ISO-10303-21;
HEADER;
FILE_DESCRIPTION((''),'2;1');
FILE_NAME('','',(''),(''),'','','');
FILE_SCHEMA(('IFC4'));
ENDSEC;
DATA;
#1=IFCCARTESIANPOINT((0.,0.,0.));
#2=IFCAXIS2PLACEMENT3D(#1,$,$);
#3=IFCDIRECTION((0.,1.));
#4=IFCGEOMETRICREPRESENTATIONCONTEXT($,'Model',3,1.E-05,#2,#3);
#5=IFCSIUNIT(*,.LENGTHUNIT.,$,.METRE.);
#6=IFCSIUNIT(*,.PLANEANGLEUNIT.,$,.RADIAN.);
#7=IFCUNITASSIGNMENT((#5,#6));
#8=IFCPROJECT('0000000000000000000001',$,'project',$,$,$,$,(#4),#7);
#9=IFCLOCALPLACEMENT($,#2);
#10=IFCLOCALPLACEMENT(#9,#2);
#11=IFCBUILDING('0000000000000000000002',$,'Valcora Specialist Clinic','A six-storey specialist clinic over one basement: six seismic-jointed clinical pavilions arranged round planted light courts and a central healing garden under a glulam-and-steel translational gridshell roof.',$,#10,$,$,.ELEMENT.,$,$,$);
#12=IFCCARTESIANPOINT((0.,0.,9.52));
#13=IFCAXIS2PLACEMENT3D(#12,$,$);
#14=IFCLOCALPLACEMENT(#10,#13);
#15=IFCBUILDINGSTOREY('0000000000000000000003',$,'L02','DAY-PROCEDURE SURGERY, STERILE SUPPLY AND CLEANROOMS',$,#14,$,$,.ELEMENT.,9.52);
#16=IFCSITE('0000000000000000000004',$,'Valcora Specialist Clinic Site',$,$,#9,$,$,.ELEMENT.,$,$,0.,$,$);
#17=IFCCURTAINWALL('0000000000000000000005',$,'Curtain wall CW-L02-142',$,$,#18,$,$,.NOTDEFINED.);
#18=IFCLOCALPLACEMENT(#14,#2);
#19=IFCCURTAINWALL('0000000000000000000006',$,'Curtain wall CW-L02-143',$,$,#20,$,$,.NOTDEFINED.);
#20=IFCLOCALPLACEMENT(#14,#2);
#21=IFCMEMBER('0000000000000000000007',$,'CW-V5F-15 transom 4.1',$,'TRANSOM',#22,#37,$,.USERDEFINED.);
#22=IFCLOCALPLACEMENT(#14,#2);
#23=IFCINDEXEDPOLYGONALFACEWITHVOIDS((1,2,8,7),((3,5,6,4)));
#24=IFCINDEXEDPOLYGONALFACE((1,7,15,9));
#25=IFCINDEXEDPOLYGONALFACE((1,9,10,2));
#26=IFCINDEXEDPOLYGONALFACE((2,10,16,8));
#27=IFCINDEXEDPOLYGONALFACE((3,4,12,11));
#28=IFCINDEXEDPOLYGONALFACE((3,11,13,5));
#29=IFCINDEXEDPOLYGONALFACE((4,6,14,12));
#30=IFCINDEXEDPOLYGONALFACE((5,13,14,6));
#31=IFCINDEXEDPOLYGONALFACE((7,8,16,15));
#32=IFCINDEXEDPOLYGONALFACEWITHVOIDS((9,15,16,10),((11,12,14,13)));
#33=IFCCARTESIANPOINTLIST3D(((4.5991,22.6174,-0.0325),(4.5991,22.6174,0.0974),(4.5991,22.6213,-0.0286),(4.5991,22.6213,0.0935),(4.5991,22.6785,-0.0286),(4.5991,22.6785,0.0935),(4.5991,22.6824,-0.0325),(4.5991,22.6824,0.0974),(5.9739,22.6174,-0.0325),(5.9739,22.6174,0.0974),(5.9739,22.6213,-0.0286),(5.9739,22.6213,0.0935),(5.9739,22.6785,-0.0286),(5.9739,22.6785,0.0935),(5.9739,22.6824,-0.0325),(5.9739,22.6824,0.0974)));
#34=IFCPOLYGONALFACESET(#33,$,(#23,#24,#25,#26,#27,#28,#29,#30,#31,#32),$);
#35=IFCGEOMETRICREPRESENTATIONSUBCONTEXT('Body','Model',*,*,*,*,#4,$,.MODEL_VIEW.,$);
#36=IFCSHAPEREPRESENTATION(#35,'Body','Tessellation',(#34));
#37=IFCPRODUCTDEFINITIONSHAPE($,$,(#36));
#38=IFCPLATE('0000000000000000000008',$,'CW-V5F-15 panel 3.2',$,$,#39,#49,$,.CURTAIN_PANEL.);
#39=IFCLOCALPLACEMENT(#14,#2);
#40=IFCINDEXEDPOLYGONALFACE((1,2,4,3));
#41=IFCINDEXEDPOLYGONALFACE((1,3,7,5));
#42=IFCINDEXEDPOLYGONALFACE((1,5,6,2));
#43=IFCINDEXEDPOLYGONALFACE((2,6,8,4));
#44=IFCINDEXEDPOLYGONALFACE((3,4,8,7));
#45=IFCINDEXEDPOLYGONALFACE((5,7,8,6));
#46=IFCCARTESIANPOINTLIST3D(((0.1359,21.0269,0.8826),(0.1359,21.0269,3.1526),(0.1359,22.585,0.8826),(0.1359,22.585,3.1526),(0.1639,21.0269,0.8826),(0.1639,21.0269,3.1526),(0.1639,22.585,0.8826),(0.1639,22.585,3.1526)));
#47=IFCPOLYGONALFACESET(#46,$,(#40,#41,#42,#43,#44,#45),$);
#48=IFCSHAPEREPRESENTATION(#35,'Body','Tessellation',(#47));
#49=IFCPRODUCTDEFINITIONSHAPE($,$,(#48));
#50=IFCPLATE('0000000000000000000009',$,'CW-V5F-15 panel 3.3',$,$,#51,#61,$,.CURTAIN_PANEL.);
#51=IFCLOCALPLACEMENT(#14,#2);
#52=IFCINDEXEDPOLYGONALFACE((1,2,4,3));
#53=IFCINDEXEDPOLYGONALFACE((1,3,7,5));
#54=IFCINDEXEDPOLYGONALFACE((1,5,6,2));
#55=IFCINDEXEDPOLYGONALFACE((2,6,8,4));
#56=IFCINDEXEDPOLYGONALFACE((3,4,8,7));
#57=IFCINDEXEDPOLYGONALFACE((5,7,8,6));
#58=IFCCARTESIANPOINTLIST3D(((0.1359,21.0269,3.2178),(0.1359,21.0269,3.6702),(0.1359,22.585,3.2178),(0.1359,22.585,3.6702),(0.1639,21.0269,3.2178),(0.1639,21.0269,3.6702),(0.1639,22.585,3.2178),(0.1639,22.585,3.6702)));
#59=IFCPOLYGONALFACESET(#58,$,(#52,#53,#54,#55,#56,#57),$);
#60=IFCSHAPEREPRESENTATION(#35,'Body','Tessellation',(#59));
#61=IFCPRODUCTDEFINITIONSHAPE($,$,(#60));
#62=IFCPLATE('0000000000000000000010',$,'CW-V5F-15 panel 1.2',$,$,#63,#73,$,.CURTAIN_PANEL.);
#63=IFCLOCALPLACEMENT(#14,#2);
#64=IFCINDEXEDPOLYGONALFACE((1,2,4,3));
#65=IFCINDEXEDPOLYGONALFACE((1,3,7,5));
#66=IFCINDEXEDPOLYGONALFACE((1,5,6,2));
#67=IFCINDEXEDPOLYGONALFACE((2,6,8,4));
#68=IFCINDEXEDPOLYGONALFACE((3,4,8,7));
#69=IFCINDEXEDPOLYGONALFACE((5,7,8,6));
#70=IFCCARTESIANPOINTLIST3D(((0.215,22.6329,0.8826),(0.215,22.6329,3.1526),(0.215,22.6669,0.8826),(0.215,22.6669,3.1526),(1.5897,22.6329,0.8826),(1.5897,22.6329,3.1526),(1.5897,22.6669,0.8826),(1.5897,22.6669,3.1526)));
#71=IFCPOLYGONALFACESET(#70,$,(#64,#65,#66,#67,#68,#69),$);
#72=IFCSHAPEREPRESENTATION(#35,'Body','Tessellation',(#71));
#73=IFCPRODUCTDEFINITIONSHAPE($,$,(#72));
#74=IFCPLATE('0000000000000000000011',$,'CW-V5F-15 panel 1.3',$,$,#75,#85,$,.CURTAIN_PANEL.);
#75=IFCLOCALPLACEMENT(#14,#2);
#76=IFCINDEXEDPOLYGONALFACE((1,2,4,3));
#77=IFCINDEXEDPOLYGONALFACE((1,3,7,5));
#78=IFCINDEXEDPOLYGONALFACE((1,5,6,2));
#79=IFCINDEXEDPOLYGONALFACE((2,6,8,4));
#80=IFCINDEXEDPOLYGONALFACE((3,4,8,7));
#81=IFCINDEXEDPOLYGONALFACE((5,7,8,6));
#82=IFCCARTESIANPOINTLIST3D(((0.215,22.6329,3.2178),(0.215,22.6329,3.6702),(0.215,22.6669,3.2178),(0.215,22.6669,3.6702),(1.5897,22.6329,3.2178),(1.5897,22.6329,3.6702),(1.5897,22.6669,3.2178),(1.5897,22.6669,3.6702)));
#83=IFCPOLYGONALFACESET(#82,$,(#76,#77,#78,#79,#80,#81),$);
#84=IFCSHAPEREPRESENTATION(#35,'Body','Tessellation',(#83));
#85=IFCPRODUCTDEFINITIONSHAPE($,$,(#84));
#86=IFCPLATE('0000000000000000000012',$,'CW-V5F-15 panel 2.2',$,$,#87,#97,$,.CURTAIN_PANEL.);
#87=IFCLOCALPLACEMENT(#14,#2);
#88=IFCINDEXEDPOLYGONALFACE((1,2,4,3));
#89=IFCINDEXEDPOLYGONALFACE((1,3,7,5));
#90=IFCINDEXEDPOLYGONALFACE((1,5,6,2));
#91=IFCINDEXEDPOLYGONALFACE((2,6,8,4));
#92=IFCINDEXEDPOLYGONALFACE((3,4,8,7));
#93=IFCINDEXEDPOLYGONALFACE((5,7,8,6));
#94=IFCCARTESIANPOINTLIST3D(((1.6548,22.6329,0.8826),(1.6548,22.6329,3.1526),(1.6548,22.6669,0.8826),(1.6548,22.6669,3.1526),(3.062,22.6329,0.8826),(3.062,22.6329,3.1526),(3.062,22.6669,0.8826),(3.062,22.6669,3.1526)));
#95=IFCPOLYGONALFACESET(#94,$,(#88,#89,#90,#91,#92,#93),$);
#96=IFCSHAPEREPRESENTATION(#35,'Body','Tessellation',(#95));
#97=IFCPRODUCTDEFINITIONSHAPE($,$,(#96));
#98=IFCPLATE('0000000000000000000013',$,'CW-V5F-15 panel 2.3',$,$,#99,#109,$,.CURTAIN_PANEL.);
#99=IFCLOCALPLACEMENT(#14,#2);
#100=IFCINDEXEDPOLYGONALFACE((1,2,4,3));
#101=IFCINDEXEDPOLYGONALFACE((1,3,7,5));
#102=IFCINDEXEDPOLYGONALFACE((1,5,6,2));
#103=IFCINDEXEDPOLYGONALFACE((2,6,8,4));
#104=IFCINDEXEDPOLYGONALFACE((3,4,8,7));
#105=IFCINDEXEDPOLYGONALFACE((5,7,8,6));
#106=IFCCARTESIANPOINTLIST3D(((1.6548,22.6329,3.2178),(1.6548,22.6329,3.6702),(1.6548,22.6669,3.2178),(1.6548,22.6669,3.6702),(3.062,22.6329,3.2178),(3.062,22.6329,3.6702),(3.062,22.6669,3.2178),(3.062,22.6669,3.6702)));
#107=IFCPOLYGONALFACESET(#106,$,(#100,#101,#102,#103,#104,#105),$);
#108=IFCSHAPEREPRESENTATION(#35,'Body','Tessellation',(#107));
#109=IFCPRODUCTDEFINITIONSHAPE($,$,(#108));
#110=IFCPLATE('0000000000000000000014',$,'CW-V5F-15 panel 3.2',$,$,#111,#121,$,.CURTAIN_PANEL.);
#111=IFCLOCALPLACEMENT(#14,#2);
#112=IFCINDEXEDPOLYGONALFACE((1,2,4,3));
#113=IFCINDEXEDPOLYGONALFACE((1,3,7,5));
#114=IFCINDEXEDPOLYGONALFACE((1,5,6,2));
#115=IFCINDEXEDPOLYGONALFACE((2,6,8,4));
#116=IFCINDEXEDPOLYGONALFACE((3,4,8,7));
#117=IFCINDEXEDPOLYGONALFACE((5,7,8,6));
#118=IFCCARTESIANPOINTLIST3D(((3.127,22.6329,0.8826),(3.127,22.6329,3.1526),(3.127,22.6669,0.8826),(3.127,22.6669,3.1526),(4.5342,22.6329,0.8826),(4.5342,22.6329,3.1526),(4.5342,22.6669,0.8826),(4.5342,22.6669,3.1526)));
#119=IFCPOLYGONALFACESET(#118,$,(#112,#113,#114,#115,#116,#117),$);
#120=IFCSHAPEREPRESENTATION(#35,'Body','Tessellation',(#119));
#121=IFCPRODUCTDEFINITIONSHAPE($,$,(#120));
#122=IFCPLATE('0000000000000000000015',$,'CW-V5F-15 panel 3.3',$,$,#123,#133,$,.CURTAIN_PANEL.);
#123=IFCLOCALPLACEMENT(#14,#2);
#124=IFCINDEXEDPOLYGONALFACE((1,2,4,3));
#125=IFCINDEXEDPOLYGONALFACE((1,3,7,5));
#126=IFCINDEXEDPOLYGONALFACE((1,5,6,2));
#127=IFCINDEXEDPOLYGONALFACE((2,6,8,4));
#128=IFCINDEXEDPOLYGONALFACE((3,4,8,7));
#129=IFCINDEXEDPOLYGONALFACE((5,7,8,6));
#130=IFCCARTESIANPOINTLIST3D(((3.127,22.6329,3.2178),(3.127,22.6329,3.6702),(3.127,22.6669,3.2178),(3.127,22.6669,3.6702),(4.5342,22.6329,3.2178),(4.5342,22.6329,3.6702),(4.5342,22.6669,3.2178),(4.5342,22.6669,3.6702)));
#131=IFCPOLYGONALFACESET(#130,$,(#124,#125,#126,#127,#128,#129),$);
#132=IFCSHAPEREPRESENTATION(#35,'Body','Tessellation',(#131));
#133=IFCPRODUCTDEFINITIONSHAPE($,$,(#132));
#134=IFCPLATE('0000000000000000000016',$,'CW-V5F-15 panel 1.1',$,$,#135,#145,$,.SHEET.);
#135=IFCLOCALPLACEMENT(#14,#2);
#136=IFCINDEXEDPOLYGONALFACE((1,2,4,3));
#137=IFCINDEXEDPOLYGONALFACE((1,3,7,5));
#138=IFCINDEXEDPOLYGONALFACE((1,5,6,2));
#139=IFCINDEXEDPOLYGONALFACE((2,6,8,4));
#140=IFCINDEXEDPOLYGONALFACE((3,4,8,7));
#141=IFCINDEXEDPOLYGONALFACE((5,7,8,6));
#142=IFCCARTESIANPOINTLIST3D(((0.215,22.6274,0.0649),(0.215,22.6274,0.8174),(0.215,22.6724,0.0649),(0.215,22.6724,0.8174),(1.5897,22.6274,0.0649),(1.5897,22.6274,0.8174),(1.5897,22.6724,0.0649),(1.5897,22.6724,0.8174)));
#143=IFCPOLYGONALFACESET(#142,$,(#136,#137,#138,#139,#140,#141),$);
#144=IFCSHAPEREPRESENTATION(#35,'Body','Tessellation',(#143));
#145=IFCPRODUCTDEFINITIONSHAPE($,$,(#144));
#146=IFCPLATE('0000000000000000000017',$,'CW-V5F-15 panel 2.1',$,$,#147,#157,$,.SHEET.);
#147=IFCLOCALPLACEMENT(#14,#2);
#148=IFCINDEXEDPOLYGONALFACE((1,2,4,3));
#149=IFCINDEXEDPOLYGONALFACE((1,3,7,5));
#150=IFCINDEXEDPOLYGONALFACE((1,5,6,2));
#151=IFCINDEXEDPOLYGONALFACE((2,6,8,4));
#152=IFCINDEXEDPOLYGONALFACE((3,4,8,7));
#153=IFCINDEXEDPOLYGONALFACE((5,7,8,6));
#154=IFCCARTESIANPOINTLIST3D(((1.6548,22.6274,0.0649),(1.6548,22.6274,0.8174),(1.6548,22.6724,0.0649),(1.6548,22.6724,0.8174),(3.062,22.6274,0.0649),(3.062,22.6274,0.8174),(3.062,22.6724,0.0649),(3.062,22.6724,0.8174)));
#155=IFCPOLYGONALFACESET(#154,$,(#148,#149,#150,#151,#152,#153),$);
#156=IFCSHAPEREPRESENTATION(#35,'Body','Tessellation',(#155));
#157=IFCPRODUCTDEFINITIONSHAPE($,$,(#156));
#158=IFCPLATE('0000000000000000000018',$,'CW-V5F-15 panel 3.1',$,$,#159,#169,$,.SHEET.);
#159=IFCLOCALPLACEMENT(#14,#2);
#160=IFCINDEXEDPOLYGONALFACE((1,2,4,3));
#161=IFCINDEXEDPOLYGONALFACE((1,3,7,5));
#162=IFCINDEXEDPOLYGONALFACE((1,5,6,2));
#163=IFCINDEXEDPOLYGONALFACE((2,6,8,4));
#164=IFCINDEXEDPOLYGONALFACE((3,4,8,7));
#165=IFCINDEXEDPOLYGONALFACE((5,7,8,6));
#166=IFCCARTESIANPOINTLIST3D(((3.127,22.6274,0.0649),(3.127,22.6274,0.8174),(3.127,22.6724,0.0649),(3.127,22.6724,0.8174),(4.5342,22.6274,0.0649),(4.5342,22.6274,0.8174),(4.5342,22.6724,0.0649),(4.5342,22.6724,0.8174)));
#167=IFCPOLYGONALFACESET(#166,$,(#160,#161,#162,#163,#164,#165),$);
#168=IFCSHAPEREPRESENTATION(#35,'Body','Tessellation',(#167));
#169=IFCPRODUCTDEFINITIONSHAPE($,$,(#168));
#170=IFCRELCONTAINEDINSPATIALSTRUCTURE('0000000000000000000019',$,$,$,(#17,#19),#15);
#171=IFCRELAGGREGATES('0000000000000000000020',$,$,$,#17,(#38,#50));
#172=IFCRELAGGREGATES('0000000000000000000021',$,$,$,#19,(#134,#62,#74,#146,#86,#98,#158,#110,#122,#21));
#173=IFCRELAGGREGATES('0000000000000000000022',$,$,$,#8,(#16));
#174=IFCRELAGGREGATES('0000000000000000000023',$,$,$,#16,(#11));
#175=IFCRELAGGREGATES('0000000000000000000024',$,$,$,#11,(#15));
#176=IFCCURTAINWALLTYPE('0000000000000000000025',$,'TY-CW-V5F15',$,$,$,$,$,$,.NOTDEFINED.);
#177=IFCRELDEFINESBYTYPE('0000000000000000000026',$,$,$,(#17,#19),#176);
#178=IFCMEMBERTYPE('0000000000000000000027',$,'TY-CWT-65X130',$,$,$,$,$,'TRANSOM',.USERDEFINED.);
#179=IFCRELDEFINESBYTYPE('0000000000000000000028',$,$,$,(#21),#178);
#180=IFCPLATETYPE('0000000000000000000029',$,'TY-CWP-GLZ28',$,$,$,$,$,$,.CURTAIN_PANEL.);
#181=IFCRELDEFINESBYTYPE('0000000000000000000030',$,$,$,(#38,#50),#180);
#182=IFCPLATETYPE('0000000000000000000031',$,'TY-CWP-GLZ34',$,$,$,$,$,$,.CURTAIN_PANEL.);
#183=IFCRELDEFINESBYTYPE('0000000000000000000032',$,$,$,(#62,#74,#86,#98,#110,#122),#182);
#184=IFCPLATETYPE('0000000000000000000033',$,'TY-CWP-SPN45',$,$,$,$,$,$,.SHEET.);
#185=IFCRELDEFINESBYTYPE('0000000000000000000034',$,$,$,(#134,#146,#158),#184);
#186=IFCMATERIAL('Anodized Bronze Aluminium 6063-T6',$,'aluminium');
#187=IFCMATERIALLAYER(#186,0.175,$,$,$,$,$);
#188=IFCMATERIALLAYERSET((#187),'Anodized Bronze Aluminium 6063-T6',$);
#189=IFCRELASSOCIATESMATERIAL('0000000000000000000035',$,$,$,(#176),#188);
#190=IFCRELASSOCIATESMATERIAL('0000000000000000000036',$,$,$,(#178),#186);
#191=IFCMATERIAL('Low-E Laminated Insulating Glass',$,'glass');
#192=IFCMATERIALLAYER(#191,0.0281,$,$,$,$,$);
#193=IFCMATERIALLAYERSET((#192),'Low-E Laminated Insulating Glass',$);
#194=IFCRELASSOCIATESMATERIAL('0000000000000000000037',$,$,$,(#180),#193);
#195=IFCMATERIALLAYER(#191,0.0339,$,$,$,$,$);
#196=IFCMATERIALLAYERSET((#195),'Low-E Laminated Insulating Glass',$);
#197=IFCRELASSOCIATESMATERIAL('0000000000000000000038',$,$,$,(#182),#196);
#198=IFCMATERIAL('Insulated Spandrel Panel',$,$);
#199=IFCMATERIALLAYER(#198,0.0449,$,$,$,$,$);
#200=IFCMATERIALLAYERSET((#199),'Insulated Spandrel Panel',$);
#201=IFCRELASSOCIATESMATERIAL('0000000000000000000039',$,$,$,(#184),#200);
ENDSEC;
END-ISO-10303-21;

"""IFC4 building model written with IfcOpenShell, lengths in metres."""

from ifc_helpers import new_model, si_unit, direction, frame, origin, origin_2d, place, context, subcontext, project, spatial, rectangle, hollow_rectangle, extrude, material, layer, layer_set, material_profile, profile_set, type_object, element, aggregate, save


model = new_model("IFC4")

# Units and contexts
model_context = context("Model", 3, precision=1e-05, world=origin(), true_north=direction((0.0, 1.0)))
body_context = subcontext(model_context, "Body", "Model", "MODEL_VIEW")
ifc_project = project(units=[si_unit("LENGTHUNIT", "METRE"), si_unit("PLANEANGLEUNIT", "RADIAN")], contexts=[model_context])

# Site, building, storey
site_placement = place(None, origin())
site = spatial("IfcSite", under=ifc_project, at=site_placement, Name="Valcora Specialist Clinic Site", CompositionType="ELEMENT", RefElevation=0.0)
building_placement = place(site_placement, origin())
building = spatial("IfcBuilding", under=site, at=building_placement, Name="Valcora Specialist Clinic", Description="A six-storey specialist clinic over one basement: six seismic-jointed clinical pavilions arranged round planted light courts and a central healing garden under a glulam-and-steel translational gridshell roof.", CompositionType="ELEMENT")
storey_placement = place(building_placement, frame((0.0, 0.0, 9.52)))
storey = spatial("IfcBuildingStorey", under=building, at=storey_placement, Name="L02", Description="DAY-PROCEDURE SURGERY, STERILE SUPPLY AND CLEANROOMS", CompositionType="ELEMENT", Elevation=9.52)

# Curtain wall
ifc_material_1 = material(Name="Anodized Bronze Aluminium 6063-T6", Category="aluminium")
ifc_layer_1 = layer(ifc_material_1, 0.175)
ifc_layer_set_1 = layer_set([ifc_layer_1], Name="Anodized Bronze Aluminium 6063-T6")
curtain_wall_type = type_object("IfcCurtainWallType", Name="TY-CW-V5F15", PredefinedType="NOTDEFINED", material=ifc_layer_set_1)
curtain_wall_1_placement = place(storey_placement, origin())
curtain_wall_1 = element("IfcCurtainWall", 1, at=curtain_wall_1_placement, inside=storey, type_object=curtain_wall_type, Name="Curtain wall CW-L02-142", PredefinedType="NOTDEFINED")

# Curtain wall, member
curtain_wall_2_placement = place(storey_placement, origin())
curtain_wall_2 = element("IfcCurtainWall", 2, at=curtain_wall_2_placement, inside=storey, type_object=curtain_wall_type, Name="Curtain wall CW-L02-143", PredefinedType="NOTDEFINED")
ifc_material_profile_1 = material_profile(ifc_material_1, hollow_rectangle(XDim=0.0649, YDim=0.1299, WallThickness=0.0039, at=origin_2d()), Name="AL-TRN-65X130")
ifc_profile_set_1 = profile_set([ifc_material_profile_1], Name="Anodized Bronze Aluminium 6063-T6")
member_type_1 = type_object("IfcMemberType", Name="TY-CWT-65X130", ElementType="TRANSOM", PredefinedType="USERDEFINED", material=ifc_profile_set_1)
member_1_placement = place(storey_placement, frame((4.5991, 22.6499, 0.0325), z_axis=(1.0, 0.0, 0.0), x_axis=(0.0, 1.0, 0.0)))
member_1 = element("IfcMember", 3, at=member_1_placement, type_object=member_type_1, Name="CW-V5F-15 transom 4.1", ObjectType="TRANSOM", PredefinedType="USERDEFINED", context=body_context, shape_type="SweptSolid", body=[
    extrude(hollow_rectangle(XDim=0.0649, YDim=0.1299, WallThickness=0.0039, at=origin_2d()), origin(), (0.0, 0.0, 1.0), 1.3748),
])

# Plates
ifc_material_2 = material(Name="Low-E Laminated Insulating Glass", Category="glass")
ifc_layer_2 = layer(ifc_material_2, 0.0281)
ifc_layer_set_2 = layer_set([ifc_layer_2], Name="Low-E Laminated Insulating Glass")
plate_type_1 = type_object("IfcPlateType", Name="TY-CWP-GLZ28", PredefinedType="CURTAIN_PANEL", material=ifc_layer_set_2)
plate_1_placement = place(storey_placement, frame((0.1499, 21.8059, 0.8826), z_axis=(0.0, 0.0, 1.0), x_axis=(0.0, 1.0, 0.0)))
plate_1 = element("IfcPlate", 4, at=plate_1_placement, type_object=plate_type_1, Name="CW-V5F-15 panel 3.2", PredefinedType="CURTAIN_PANEL", context=body_context, shape_type="SweptSolid", body=[
    extrude(rectangle(XDim=1.5581, YDim=0.0281, at=origin_2d()), origin(), (0.0, 0.0, 1.0), 2.27),
])
plate_2_placement = place(storey_placement, frame((0.1499, 21.8059, 3.2178), z_axis=(0.0, 0.0, 1.0), x_axis=(0.0, 1.0, 0.0)))
plate_2 = element("IfcPlate", 5, at=plate_2_placement, type_object=plate_type_1, Name="CW-V5F-15 panel 3.3", PredefinedType="CURTAIN_PANEL", context=body_context, shape_type="SweptSolid", body=[
    extrude(rectangle(XDim=1.5581, YDim=0.0281, at=origin_2d()), origin(), (0.0, 0.0, 1.0), 0.4524),
])
aggregate(curtain_wall_1, [plate_1, plate_2])
ifc_layer_3 = layer(ifc_material_2, 0.0339)
ifc_layer_set_3 = layer_set([ifc_layer_3], Name="Low-E Laminated Insulating Glass")
plate_type_2 = type_object("IfcPlateType", Name="TY-CWP-GLZ34", PredefinedType="CURTAIN_PANEL", material=ifc_layer_set_3)
plate_3_placement = place(storey_placement, frame((0.9023, 22.6499, 0.8826), z_axis=(0.0, 0.0, 1.0), x_axis=(1.0, 0.0, 0.0)))
plate_3 = element("IfcPlate", 6, at=plate_3_placement, type_object=plate_type_2, Name="CW-V5F-15 panel 1.2", PredefinedType="CURTAIN_PANEL", context=body_context, shape_type="SweptSolid", body=[
    extrude(rectangle(XDim=1.3748, YDim=0.0339, at=origin_2d()), origin(), (0.0, 0.0, 1.0), 2.27),
])
plate_4_placement = place(storey_placement, frame((0.9023, 22.6499, 3.2178), z_axis=(0.0, 0.0, 1.0), x_axis=(1.0, 0.0, 0.0)))
plate_4 = element("IfcPlate", 7, at=plate_4_placement, type_object=plate_type_2, Name="CW-V5F-15 panel 1.3", PredefinedType="CURTAIN_PANEL", context=body_context, shape_type="SweptSolid", body=[
    extrude(rectangle(XDim=1.3748, YDim=0.0339, at=origin_2d()), origin(), (0.0, 0.0, 1.0), 0.4524),
])
plate_5_placement = place(storey_placement, frame((2.3584, 22.6499, 0.8826), z_axis=(0.0, 0.0, 1.0), x_axis=(1.0, 0.0, 0.0)))
plate_5 = element("IfcPlate", 8, at=plate_5_placement, type_object=plate_type_2, Name="CW-V5F-15 panel 2.2", PredefinedType="CURTAIN_PANEL", context=body_context, shape_type="SweptSolid", body=[
    extrude(rectangle(XDim=1.4072, YDim=0.0339, at=origin_2d()), origin(), (0.0, 0.0, 1.0), 2.27),
])
plate_6_placement = place(storey_placement, frame((2.3584, 22.6499, 3.2178), z_axis=(0.0, 0.0, 1.0), x_axis=(1.0, 0.0, 0.0)))
plate_6 = element("IfcPlate", 9, at=plate_6_placement, type_object=plate_type_2, Name="CW-V5F-15 panel 2.3", PredefinedType="CURTAIN_PANEL", context=body_context, shape_type="SweptSolid", body=[
    extrude(rectangle(XDim=1.4072, YDim=0.0339, at=origin_2d()), origin(), (0.0, 0.0, 1.0), 0.4524),
])
plate_7_placement = place(storey_placement, frame((3.8306, 22.6499, 0.8826), z_axis=(0.0, 0.0, 1.0), x_axis=(1.0, 0.0, 0.0)))
plate_7 = element("IfcPlate", 10, at=plate_7_placement, type_object=plate_type_2, Name="CW-V5F-15 panel 3.2", PredefinedType="CURTAIN_PANEL", context=body_context, shape_type="SweptSolid", body=[
    extrude(rectangle(XDim=1.4072, YDim=0.0339, at=origin_2d()), origin(), (0.0, 0.0, 1.0), 2.27),
])
plate_8_placement = place(storey_placement, frame((3.8306, 22.6499, 3.2178), z_axis=(0.0, 0.0, 1.0), x_axis=(1.0, 0.0, 0.0)))
plate_8 = element("IfcPlate", 11, at=plate_8_placement, type_object=plate_type_2, Name="CW-V5F-15 panel 3.3", PredefinedType="CURTAIN_PANEL", context=body_context, shape_type="SweptSolid", body=[
    extrude(rectangle(XDim=1.4072, YDim=0.0339, at=origin_2d()), origin(), (0.0, 0.0, 1.0), 0.4524),
])
ifc_material_3 = material(Name="Insulated Spandrel Panel")
ifc_layer_4 = layer(ifc_material_3, 0.0449)
ifc_layer_set_4 = layer_set([ifc_layer_4], Name="Insulated Spandrel Panel")
plate_type_3 = type_object("IfcPlateType", Name="TY-CWP-SPN45", PredefinedType="SHEET", material=ifc_layer_set_4)
plate_9_placement = place(storey_placement, frame((0.9023, 22.6499, 0.0649), z_axis=(0.0, 0.0, 1.0), x_axis=(1.0, 0.0, 0.0)))
plate_9 = element("IfcPlate", 12, at=plate_9_placement, type_object=plate_type_3, Name="CW-V5F-15 panel 1.1", PredefinedType="SHEET", context=body_context, shape_type="SweptSolid", body=[
    extrude(rectangle(XDim=1.3748, YDim=0.0449, at=origin_2d()), origin(), (0.0, 0.0, 1.0), 0.7524),
])
plate_10_placement = place(storey_placement, frame((2.3584, 22.6499, 0.0649), z_axis=(0.0, 0.0, 1.0), x_axis=(1.0, 0.0, 0.0)))
plate_10 = element("IfcPlate", 13, at=plate_10_placement, type_object=plate_type_3, Name="CW-V5F-15 panel 2.1", PredefinedType="SHEET", context=body_context, shape_type="SweptSolid", body=[
    extrude(rectangle(XDim=1.4072, YDim=0.0449, at=origin_2d()), origin(), (0.0, 0.0, 1.0), 0.7524),
])
plate_11_placement = place(storey_placement, frame((3.8306, 22.6499, 0.0649), z_axis=(0.0, 0.0, 1.0), x_axis=(1.0, 0.0, 0.0)))
plate_11 = element("IfcPlate", 14, at=plate_11_placement, type_object=plate_type_3, Name="CW-V5F-15 panel 3.1", PredefinedType="SHEET", context=body_context, shape_type="SweptSolid", body=[
    extrude(rectangle(XDim=1.4072, YDim=0.0449, at=origin_2d()), origin(), (0.0, 0.0, 1.0), 0.7524),
])
aggregate(curtain_wall_2, [plate_9, plate_3, plate_4, plate_10, plate_5, plate_6, plate_11, plate_7, plate_8, member_1])

save(model, "model.ifc")
